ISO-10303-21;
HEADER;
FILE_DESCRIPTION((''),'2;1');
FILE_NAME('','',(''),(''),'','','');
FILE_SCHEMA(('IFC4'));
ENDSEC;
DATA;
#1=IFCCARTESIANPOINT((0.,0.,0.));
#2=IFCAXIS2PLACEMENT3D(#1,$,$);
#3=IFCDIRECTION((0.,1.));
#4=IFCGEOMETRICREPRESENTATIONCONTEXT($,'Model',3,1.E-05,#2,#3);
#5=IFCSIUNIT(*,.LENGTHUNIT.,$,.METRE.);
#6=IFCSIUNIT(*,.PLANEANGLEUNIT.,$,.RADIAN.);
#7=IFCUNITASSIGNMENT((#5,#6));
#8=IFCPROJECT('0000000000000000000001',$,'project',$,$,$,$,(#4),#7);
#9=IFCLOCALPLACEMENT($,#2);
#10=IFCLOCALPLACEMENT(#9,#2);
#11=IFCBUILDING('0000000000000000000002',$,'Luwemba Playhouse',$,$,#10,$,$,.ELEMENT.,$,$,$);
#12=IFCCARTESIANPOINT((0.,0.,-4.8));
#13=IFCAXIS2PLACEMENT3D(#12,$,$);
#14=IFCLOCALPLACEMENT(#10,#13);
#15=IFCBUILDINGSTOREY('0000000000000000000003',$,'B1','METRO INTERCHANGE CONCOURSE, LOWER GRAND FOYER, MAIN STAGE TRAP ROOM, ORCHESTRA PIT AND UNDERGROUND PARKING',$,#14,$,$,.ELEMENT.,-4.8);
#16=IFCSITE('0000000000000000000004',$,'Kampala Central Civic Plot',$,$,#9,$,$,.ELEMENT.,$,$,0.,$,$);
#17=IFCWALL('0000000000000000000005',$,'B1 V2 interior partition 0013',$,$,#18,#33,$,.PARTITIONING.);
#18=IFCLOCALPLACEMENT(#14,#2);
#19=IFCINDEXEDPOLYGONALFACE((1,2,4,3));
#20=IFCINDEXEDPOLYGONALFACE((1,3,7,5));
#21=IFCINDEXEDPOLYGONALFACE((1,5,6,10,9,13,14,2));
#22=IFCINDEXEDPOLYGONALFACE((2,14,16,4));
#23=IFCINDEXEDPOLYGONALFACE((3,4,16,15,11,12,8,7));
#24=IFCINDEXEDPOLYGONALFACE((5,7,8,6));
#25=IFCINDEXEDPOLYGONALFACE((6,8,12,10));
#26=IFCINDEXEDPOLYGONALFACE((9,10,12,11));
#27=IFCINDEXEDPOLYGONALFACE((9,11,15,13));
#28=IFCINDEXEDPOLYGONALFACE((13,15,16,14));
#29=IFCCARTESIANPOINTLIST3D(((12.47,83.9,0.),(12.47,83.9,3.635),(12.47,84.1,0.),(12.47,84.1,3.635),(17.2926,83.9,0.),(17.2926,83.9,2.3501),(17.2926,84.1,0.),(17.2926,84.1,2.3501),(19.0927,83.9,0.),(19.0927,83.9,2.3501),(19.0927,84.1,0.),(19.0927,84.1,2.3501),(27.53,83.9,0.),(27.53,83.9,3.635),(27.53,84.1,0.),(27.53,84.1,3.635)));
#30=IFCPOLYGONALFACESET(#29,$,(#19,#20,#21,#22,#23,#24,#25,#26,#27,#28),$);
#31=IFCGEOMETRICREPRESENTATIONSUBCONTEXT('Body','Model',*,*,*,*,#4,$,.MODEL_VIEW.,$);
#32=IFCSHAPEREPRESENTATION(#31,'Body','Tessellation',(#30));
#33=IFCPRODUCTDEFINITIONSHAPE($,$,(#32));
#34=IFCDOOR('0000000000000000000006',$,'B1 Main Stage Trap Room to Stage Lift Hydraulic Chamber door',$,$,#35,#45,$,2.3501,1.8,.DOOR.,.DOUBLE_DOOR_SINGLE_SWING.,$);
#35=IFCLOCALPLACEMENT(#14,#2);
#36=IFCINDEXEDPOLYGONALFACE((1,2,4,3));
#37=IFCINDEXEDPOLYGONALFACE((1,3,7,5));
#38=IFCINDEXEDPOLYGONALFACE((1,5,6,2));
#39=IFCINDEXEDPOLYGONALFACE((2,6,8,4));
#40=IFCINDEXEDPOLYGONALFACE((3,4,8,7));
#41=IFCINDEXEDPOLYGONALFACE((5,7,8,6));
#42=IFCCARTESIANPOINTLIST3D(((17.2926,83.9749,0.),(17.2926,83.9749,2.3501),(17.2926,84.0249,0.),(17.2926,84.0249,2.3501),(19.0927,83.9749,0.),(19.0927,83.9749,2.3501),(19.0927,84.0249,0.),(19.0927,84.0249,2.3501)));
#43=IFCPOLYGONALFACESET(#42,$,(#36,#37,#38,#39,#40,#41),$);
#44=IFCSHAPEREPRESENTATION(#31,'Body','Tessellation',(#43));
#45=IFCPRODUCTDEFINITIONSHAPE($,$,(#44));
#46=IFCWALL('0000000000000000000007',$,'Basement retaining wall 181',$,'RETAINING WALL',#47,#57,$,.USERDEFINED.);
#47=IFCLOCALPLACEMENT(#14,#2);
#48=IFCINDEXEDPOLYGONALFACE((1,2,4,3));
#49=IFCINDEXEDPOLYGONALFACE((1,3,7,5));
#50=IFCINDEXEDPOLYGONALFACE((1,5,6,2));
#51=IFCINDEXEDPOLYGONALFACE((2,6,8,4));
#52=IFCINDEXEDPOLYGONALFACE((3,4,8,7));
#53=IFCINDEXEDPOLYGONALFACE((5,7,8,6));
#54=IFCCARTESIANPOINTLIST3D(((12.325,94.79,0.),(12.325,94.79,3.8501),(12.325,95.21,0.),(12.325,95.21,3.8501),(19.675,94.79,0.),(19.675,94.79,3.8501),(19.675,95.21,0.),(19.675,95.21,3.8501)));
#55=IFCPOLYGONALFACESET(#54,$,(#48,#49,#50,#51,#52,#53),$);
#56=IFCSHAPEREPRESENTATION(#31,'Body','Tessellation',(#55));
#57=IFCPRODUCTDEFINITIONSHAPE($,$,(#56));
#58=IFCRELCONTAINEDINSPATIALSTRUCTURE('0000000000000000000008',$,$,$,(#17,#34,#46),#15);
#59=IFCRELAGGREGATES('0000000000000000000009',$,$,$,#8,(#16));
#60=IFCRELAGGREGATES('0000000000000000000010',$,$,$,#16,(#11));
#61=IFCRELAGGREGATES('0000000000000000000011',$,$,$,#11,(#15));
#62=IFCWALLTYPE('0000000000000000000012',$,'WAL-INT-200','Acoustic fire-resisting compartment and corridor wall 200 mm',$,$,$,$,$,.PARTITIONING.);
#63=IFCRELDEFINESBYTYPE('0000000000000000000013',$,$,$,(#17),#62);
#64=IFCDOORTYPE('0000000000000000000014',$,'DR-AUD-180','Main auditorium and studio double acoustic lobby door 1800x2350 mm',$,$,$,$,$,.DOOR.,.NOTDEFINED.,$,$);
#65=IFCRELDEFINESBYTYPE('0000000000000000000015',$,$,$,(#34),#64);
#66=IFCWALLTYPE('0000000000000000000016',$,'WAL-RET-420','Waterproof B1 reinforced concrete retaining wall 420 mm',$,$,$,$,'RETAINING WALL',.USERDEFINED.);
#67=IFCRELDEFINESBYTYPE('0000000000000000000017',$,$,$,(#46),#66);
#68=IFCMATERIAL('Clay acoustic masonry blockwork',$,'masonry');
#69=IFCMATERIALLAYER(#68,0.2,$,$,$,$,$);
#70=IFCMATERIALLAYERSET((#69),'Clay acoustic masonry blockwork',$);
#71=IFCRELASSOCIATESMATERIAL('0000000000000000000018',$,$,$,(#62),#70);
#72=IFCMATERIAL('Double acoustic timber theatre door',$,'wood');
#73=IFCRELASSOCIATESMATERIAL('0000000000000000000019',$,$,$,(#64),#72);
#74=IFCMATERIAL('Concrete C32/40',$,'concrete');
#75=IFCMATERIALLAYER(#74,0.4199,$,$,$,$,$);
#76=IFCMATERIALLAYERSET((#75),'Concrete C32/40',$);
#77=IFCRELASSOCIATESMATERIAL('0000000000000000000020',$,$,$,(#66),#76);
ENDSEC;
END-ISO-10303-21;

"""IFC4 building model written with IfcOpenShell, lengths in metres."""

from ifc_helpers import new_model, si_unit, direction, frame, frame_2d, origin, place, context, subcontext, project, spatial, rectangle, extrude, material, layer, layer_set, type_object, element, fill, save


model = new_model("IFC4")

# Units and contexts
model_context = context("Model", 3, precision=1e-05, world=origin(), true_north=direction((0.0, 1.0)))
body_context = subcontext(model_context, "Body", "Model", "MODEL_VIEW")
ifc_project = project(units=[si_unit("LENGTHUNIT", "METRE"), si_unit("PLANEANGLEUNIT", "RADIAN")], contexts=[model_context])

# Site, building, storey
site_placement = place(None, origin())
site = spatial("IfcSite", under=ifc_project, at=site_placement, Name="Kampala Central Civic Plot", CompositionType="ELEMENT", RefElevation=0.0)
building_placement = place(site_placement, origin())
building = spatial("IfcBuilding", under=site, at=building_placement, Name="Luwemba Playhouse", CompositionType="ELEMENT")
storey_placement = place(building_placement, frame((0.0, 0.0, -4.8)))
storey = spatial("IfcBuildingStorey", under=building, at=storey_placement, Name="B1", Description="METRO INTERCHANGE CONCOURSE, LOWER GRAND FOYER, MAIN STAGE TRAP ROOM, ORCHESTRA PIT AND UNDERGROUND PARKING", CompositionType="ELEMENT", Elevation=-4.8)

# Shared definitions
ifc_material_1 = material(Name="Concrete C32/40", Category="concrete")

# Wall, opening, door
ifc_material_2 = material(Name="Clay acoustic masonry blockwork", Category="masonry")
ifc_layer_1 = layer(ifc_material_2, 0.2)
ifc_layer_set_1 = layer_set([ifc_layer_1], Name="Clay acoustic masonry blockwork")
wall_type_1 = type_object("IfcWallType", Name="WAL-INT-200", Description="Acoustic fire-resisting compartment and corridor wall 200 mm", PredefinedType="PARTITIONING", material=ifc_layer_set_1)
wall_1_placement = place(storey_placement, frame((12.47, 84.0, 0.0), z_axis=(0.0, 0.0, 1.0), x_axis=(1.0, 0.0, 0.0)))
wall_1 = element("IfcWall", 1, at=wall_1_placement, inside=storey, type_object=wall_type_1, Name="B1 V2 interior partition 0013", PredefinedType="PARTITIONING", context=body_context, shape_type="SweptSolid", body=[
    extrude(rectangle(XDim=15.0601, YDim=0.2, at=frame_2d((7.53, 0.0))), origin(), (0.0, 0.0, 1.0), 3.635),
])
opening_placement = place(wall_1_placement, frame((4.8228, 0.0, 0.0)))
opening = element("IfcOpeningElement", 2, at=opening_placement, cuts=wall_1, PredefinedType="OPENING", context=body_context, shape_type="SweptSolid", body=[
    extrude(rectangle(XDim=1.8, YDim=2.3501, at=frame_2d((0.8999, 1.175))), frame((0.0, 0.1099, 0.0), z_axis=(0.0, -1.0, 0.0), x_axis=(1.0, 0.0, 0.0)), (0.0, 0.0, 1.0), 0.22),
])
ifc_material_3 = material(Name="Double acoustic timber theatre door", Category="wood")
door_type = type_object("IfcDoorType", Name="DR-AUD-180", Description="Main auditorium and studio double acoustic lobby door 1800x2350 mm", OperationType="NOTDEFINED", PredefinedType="DOOR", material=ifc_material_3)
door_placement = place(opening_placement, origin())
door = element("IfcDoor", 3, at=door_placement, inside=storey, type_object=door_type, Name="B1 Main Stage Trap Room to Stage Lift Hydraulic Chamber door", OperationType="DOUBLE_DOOR_SINGLE_SWING", OverallHeight=2.3501, OverallWidth=1.8, PredefinedType="DOOR", context=body_context, shape_type="SweptSolid", body=[
    extrude(rectangle(XDim=1.8, YDim=2.3501, at=frame_2d((0.8999, 1.175))), frame((0.0, 0.0249, 0.0), z_axis=(0.0, -1.0, 0.0), x_axis=(1.0, 0.0, 0.0)), (0.0, 0.0, 1.0), 0.05),
])
fill(opening, door)

# Wall
ifc_layer_2 = layer(ifc_material_1, 0.4199)
ifc_layer_set_2 = layer_set([ifc_layer_2], Name="Concrete C32/40")
wall_type_2 = type_object("IfcWallType", Name="WAL-RET-420", Description="Waterproof B1 reinforced concrete retaining wall 420 mm", ElementType="RETAINING WALL", PredefinedType="USERDEFINED", material=ifc_layer_set_2)
wall_2_placement = place(storey_placement, frame((19.675, 95.0, 0.0), z_axis=(0.0, 0.0, 1.0), x_axis=(-1.0, 0.0, 0.0)))
element("IfcWall", 4, at=wall_2_placement, inside=storey, type_object=wall_type_2, Name="Basement retaining wall 181", ObjectType="RETAINING WALL", PredefinedType="USERDEFINED", context=body_context, shape_type="SweptSolid", body=[
    extrude(rectangle(XDim=7.3501, YDim=0.4199, at=frame_2d((3.675, 0.0))), origin(), (0.0, 0.0, 1.0), 3.8501),
])

save(model, "model.ifc")
